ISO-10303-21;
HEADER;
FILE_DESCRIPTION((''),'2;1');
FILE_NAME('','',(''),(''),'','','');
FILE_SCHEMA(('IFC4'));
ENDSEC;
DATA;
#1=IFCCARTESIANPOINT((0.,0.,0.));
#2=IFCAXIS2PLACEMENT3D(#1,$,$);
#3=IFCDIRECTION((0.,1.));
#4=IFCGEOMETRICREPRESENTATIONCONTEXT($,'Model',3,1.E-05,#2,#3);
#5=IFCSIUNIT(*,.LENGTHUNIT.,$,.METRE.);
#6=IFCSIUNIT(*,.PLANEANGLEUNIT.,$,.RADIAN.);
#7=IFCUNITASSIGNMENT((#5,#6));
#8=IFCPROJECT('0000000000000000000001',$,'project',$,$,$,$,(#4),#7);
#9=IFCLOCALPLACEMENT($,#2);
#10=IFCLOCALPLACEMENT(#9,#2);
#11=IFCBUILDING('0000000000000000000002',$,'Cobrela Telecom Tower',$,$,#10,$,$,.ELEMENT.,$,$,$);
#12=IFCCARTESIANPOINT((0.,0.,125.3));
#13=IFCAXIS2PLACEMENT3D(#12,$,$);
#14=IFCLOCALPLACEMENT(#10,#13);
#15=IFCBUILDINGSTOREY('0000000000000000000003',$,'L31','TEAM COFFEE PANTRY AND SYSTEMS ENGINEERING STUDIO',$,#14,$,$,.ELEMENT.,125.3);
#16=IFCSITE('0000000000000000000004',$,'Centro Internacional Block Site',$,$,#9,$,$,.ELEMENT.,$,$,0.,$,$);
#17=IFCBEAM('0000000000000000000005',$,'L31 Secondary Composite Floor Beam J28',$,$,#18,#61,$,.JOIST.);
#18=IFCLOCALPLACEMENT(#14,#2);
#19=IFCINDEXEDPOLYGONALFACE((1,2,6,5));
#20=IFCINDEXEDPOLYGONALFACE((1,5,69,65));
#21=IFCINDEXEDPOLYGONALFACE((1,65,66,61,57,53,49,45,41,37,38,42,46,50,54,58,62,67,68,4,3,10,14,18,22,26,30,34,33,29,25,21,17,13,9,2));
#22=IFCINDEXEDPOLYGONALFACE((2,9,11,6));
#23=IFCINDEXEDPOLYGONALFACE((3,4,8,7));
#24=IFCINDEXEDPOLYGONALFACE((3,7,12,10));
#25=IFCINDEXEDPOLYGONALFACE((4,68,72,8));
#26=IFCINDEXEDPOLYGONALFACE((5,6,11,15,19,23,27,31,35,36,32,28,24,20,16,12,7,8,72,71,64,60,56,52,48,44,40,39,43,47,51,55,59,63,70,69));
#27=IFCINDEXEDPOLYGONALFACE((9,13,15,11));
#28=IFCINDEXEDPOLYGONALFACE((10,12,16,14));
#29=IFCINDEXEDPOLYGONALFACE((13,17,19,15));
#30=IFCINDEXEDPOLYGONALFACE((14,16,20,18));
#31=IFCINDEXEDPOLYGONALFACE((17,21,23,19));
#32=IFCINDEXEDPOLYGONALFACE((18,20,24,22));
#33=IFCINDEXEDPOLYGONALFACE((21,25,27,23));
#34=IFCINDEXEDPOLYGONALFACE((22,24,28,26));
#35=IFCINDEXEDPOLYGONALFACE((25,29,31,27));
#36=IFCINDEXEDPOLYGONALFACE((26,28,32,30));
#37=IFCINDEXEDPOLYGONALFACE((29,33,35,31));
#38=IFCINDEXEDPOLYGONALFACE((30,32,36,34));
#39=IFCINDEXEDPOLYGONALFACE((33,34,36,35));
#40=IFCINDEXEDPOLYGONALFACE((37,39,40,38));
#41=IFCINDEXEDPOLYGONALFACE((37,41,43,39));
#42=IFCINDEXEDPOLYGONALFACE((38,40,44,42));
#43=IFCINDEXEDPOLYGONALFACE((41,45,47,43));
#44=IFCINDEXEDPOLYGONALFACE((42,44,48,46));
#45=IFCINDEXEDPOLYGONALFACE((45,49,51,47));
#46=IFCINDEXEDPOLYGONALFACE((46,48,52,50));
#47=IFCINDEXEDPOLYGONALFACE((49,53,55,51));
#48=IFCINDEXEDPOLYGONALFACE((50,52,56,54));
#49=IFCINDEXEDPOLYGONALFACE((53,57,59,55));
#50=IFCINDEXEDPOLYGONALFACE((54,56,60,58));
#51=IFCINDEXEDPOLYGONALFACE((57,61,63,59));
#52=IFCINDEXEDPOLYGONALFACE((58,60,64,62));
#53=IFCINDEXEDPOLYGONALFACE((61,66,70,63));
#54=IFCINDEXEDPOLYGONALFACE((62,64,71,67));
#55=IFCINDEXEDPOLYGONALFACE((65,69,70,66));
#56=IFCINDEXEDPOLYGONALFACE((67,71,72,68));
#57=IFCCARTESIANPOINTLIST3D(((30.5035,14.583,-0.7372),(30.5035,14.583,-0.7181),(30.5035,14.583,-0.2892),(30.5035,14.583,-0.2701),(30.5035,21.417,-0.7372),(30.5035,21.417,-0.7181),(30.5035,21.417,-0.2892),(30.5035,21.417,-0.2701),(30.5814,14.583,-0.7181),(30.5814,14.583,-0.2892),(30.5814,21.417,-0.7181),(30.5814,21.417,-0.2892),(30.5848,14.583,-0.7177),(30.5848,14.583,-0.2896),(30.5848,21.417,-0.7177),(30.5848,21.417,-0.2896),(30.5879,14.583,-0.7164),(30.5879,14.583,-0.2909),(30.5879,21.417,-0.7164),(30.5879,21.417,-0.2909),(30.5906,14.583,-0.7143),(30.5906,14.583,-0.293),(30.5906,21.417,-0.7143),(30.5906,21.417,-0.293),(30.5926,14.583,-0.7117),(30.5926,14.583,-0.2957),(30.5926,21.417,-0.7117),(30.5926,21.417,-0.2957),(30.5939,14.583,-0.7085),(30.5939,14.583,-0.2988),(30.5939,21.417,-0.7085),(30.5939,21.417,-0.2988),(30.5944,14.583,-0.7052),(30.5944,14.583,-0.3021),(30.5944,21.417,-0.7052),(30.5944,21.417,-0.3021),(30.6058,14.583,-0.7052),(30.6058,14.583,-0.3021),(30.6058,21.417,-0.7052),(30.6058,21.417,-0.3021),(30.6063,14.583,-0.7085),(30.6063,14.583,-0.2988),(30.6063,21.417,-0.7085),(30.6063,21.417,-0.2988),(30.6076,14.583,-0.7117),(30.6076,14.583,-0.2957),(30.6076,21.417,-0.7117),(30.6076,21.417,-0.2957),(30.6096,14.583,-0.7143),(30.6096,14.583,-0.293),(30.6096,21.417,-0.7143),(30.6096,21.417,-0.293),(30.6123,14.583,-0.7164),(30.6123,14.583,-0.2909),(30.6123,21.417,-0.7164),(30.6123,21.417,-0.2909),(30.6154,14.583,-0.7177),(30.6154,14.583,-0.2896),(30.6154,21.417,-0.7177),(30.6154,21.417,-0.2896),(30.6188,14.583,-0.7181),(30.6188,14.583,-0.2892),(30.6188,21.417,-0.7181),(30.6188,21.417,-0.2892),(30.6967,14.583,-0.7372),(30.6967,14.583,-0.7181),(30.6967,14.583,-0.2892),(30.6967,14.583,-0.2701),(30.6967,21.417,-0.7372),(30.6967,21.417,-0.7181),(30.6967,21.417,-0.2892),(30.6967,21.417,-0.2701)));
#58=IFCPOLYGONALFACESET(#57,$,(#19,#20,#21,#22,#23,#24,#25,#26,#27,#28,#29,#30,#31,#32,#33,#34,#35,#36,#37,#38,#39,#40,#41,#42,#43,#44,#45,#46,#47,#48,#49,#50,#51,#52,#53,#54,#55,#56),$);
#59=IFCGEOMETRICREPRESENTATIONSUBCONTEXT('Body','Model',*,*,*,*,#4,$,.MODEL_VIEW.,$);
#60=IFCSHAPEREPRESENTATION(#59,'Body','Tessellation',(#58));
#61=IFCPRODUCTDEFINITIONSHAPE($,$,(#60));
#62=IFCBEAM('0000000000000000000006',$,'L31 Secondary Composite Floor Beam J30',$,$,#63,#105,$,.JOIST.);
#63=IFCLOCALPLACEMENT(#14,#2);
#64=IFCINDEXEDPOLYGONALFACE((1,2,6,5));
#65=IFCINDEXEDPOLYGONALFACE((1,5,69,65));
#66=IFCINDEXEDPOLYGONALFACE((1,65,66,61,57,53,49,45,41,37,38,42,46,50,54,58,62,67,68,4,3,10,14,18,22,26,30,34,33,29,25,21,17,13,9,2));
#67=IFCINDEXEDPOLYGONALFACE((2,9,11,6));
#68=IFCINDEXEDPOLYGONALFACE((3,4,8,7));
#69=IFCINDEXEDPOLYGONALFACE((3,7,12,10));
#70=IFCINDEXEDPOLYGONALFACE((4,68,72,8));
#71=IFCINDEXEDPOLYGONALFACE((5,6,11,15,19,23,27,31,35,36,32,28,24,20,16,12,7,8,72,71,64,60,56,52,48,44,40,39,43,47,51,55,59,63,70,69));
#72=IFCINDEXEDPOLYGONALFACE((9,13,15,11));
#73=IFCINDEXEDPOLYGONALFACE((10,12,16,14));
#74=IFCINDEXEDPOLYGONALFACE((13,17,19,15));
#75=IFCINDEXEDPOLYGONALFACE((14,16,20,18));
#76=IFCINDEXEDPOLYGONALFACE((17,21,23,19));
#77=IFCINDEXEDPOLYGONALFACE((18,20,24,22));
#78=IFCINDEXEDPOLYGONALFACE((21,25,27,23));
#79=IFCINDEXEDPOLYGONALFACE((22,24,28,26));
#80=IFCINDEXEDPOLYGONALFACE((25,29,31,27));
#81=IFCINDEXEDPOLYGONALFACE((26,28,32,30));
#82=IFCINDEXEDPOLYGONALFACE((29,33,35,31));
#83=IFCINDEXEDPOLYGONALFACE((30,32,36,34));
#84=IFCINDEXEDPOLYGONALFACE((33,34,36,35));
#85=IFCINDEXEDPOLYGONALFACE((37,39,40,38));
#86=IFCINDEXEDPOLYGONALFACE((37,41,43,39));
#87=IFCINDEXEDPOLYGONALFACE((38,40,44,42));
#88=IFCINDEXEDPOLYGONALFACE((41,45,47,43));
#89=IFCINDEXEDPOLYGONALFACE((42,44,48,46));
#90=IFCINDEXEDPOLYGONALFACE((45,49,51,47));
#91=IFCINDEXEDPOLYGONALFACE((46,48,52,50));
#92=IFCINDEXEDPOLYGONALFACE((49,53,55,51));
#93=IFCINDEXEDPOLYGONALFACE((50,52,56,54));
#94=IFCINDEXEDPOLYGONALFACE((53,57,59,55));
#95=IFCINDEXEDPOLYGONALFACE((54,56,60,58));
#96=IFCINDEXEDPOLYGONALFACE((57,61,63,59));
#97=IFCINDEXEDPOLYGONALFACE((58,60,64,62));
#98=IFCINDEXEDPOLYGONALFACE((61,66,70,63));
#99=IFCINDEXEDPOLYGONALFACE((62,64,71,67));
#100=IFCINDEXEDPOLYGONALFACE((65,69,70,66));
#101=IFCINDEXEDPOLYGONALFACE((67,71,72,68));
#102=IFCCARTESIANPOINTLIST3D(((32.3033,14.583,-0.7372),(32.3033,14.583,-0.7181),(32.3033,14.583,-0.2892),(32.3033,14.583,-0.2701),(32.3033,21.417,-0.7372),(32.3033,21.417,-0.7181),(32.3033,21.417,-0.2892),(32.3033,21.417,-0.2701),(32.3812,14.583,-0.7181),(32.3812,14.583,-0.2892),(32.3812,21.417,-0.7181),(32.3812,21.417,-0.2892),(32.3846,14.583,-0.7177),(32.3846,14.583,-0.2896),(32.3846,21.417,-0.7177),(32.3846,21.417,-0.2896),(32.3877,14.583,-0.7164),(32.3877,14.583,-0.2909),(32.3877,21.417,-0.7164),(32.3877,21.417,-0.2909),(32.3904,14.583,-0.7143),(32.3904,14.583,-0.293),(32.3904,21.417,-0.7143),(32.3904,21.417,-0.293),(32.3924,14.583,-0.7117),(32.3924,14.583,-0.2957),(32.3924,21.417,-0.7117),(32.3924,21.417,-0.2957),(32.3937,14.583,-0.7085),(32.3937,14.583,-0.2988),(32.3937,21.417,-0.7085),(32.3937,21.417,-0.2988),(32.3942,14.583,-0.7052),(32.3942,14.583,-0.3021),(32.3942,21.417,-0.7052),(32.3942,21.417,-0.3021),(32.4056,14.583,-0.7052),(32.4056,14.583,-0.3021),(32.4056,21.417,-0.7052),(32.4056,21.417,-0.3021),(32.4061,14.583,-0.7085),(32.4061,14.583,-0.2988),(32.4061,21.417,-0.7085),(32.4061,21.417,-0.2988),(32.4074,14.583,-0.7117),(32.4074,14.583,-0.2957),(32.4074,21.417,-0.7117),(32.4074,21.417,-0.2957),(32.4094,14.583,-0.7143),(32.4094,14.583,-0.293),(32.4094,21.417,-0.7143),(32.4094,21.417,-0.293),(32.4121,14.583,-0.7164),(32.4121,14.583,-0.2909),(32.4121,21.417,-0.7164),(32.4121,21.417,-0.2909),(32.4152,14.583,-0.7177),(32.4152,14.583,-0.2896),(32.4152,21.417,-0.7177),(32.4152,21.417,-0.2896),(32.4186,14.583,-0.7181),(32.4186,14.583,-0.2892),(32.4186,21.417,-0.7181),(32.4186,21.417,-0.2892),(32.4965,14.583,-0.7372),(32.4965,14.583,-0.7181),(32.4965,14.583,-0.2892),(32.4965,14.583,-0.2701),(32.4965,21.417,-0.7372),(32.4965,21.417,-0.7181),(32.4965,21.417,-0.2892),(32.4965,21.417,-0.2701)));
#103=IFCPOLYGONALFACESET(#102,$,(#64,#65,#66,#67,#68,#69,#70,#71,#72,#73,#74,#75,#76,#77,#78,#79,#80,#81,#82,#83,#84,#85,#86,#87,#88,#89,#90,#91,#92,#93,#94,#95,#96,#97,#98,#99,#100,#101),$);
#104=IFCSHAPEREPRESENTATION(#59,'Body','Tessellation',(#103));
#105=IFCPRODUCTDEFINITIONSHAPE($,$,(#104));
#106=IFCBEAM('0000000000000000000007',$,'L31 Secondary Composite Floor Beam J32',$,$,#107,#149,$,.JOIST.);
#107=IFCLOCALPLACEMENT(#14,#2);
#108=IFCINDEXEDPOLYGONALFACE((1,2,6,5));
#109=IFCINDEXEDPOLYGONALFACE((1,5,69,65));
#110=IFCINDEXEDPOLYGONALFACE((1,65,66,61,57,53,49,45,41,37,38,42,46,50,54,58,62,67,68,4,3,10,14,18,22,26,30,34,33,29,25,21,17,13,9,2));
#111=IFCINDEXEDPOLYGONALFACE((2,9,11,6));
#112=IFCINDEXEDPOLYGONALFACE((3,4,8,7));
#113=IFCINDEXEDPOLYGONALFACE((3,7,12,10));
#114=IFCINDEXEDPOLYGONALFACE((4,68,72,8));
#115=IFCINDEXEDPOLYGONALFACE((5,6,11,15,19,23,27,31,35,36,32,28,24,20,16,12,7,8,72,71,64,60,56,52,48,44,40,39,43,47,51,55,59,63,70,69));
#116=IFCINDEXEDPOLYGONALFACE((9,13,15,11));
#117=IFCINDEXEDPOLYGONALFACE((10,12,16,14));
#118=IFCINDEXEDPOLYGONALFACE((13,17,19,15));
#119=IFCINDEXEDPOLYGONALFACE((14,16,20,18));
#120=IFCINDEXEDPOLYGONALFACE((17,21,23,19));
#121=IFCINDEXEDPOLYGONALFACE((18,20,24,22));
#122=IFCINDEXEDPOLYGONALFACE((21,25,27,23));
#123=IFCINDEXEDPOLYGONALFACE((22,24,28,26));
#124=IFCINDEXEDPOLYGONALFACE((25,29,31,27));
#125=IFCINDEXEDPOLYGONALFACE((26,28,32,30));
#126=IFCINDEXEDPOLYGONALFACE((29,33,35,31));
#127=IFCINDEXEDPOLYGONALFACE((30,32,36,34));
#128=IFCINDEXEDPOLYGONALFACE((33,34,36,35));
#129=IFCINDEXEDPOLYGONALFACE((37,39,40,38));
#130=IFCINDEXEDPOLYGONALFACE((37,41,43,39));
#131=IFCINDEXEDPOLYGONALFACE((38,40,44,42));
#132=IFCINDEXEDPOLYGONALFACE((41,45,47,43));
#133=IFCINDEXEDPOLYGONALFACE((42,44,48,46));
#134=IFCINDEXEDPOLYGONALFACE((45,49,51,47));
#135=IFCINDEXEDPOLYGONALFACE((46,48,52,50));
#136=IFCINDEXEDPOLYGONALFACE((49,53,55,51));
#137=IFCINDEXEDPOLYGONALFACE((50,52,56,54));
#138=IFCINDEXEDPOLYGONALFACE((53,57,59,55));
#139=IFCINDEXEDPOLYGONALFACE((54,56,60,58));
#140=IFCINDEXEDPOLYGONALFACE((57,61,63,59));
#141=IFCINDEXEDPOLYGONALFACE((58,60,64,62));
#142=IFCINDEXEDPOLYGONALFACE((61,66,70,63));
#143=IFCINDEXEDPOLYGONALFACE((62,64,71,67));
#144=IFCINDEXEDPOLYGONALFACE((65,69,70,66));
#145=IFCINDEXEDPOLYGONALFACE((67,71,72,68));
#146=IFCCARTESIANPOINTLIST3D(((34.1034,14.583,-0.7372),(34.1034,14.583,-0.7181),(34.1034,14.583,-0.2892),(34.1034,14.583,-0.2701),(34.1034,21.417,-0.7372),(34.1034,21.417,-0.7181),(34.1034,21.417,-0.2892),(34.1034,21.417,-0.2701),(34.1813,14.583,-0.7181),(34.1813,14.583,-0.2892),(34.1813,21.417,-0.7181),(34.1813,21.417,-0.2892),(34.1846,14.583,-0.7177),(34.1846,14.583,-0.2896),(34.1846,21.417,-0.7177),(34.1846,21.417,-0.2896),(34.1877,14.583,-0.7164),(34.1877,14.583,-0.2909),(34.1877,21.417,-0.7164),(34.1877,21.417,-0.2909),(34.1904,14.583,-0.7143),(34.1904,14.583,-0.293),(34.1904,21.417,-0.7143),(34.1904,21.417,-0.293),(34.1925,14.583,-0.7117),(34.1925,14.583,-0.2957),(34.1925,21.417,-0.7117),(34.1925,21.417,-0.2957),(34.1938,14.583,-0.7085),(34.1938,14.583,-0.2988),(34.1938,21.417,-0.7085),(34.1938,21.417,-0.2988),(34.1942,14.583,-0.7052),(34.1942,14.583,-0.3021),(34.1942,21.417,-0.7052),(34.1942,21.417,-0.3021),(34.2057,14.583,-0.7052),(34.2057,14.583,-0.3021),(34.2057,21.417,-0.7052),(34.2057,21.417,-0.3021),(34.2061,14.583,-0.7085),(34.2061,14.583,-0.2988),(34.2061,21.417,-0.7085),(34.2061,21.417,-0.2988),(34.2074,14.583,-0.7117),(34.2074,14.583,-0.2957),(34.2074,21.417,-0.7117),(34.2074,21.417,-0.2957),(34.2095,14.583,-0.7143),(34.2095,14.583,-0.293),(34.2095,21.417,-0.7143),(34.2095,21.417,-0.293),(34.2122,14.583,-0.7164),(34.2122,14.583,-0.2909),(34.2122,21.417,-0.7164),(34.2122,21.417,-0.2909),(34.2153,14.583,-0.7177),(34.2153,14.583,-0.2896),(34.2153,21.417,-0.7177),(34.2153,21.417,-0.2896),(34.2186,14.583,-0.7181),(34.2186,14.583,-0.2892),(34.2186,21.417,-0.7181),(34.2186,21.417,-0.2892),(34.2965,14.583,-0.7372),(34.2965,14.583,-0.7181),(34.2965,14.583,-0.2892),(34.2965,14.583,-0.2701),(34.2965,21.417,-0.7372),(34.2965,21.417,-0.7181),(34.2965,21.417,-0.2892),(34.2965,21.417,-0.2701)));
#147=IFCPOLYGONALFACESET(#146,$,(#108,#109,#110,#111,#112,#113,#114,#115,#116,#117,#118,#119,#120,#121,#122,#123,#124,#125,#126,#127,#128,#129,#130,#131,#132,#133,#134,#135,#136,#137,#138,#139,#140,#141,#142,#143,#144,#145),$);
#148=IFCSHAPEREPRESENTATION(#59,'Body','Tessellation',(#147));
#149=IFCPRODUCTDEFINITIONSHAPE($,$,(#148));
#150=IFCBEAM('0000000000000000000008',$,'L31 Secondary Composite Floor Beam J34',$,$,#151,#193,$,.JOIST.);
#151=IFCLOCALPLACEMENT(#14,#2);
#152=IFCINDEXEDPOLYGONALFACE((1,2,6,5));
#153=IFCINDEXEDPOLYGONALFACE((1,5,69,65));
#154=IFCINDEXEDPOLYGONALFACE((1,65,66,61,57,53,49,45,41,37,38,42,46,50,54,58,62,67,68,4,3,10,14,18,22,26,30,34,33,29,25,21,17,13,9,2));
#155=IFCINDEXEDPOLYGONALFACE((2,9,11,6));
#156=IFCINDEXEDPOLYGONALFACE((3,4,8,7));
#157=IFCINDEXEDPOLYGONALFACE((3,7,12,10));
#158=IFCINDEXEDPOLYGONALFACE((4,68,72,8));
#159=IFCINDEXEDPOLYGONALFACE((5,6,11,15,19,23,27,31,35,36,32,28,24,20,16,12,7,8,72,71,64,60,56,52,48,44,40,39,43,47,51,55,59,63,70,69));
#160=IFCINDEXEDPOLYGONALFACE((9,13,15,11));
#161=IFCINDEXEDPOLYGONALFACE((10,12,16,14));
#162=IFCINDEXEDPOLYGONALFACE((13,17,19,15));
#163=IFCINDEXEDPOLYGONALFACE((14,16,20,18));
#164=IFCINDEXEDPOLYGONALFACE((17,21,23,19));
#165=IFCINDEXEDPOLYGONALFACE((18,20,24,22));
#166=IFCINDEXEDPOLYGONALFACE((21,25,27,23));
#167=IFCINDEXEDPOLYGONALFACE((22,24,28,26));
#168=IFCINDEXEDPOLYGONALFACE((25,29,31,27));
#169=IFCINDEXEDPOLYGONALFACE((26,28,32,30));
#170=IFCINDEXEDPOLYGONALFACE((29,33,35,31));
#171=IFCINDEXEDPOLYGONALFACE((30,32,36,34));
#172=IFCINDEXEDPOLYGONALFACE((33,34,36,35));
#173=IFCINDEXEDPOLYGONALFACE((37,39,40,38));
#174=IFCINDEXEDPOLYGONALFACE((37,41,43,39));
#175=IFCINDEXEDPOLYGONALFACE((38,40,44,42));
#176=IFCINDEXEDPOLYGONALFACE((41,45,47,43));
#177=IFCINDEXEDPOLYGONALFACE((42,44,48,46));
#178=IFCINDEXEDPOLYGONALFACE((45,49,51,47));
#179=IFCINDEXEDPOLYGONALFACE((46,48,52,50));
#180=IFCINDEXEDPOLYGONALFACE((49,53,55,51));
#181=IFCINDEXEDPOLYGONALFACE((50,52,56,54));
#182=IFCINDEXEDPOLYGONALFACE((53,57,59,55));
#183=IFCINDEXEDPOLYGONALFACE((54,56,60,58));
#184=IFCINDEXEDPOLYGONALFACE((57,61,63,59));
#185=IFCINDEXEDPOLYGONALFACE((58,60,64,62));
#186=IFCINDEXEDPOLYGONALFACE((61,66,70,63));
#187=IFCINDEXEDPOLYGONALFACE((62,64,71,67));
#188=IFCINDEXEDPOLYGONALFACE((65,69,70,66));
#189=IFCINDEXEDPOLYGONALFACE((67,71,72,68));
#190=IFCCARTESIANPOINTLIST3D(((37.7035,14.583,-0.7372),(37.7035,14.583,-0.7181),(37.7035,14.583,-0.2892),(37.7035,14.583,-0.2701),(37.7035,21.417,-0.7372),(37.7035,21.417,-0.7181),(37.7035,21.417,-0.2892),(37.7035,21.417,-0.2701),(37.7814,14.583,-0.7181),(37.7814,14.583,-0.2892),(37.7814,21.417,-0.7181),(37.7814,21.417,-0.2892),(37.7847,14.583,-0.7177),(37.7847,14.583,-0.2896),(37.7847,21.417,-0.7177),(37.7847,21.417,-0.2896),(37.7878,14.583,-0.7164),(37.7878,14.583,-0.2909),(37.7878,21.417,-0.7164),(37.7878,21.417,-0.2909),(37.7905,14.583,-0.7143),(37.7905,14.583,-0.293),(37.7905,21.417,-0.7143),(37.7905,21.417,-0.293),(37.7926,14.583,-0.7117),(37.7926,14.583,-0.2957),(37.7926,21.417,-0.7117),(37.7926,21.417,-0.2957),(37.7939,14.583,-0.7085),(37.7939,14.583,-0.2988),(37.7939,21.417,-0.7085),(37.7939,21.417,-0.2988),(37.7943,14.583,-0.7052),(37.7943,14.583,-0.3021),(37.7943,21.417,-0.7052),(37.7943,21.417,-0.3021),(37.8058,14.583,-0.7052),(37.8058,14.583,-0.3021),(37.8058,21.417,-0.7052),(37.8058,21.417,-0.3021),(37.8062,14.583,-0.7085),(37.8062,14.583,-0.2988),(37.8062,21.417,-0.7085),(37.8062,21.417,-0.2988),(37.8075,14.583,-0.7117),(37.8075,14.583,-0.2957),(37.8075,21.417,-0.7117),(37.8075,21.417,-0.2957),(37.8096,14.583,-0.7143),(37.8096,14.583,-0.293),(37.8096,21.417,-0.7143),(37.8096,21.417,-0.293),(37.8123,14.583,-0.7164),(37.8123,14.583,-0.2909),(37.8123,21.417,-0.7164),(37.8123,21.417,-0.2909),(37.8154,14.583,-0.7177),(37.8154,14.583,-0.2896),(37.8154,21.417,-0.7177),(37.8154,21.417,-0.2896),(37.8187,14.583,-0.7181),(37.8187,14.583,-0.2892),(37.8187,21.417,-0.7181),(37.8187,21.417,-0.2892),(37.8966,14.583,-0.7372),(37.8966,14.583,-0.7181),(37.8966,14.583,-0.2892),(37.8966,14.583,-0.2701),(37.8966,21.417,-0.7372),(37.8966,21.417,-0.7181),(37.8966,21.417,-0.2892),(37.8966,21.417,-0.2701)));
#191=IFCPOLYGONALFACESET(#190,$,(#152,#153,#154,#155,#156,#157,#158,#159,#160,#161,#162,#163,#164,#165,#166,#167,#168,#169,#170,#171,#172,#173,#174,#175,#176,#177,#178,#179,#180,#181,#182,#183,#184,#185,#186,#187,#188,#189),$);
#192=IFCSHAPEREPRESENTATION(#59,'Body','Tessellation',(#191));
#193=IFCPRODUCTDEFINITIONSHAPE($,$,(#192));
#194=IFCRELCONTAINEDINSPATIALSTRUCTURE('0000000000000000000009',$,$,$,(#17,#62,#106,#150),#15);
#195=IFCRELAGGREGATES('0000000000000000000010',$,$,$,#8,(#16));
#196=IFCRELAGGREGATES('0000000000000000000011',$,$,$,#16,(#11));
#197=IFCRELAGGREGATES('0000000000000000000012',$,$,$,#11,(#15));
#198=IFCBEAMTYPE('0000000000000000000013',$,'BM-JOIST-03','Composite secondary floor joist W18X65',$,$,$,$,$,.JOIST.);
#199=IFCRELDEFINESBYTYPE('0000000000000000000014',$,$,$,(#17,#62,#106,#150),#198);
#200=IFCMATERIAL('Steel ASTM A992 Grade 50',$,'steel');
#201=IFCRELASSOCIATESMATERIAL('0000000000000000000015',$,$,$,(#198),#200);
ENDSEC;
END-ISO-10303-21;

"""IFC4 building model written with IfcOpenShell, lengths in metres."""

from ifc_helpers import new_model, si_unit, direction, frame, origin, origin_2d, place, context, subcontext, project, spatial, i_section, extrude, material, material_profile, profile_set, type_object, element, save


model = new_model("IFC4")

# Units and contexts
model_context = context("Model", 3, precision=1e-05, world=origin(), true_north=direction((0.0, 1.0)))
body_context = subcontext(model_context, "Body", "Model", "MODEL_VIEW")
ifc_project = project(units=[si_unit("LENGTHUNIT", "METRE"), si_unit("PLANEANGLEUNIT", "RADIAN")], contexts=[model_context])

# Site, building, storey
site_placement = place(None, origin())
site = spatial("IfcSite", under=ifc_project, at=site_placement, Name="Centro Internacional Block Site", CompositionType="ELEMENT", RefElevation=0.0)
building_placement = place(site_placement, origin())
building = spatial("IfcBuilding", under=site, at=building_placement, Name="Cobrela Telecom Tower", CompositionType="ELEMENT")
storey_placement = place(building_placement, frame((0.0, 0.0, 125.3)))
storey = spatial("IfcBuildingStorey", under=building, at=storey_placement, Name="L31", Description="TEAM COFFEE PANTRY AND SYSTEMS ENGINEERING STUDIO", CompositionType="ELEMENT", Elevation=125.3)

# Shared definitions
ifc_material_1 = material(Name="Steel ASTM A992 Grade 50", Category="steel")

# Beams
ifc_material_profile_1 = material_profile(ifc_material_1, i_section(OverallWidth=0.1931, OverallDepth=0.467, WebThickness=0.0115, FlangeThickness=0.019, FilletRadius=0.0129, at=origin_2d()), Name="W18X65")
ifc_profile_set_1 = profile_set([ifc_material_profile_1], Name="Steel ASTM A992 Grade 50")
beam_type_1 = type_object("IfcBeamType", Name="BM-JOIST-03", Description="Composite secondary floor joist W18X65", PredefinedType="JOIST", material=ifc_profile_set_1)
for number, where, z_axis, x_axis, name in (
    (1, (30.6001, 14.583, -0.5037), (0.0, 1.0, 0.0), (-1.0, 0.0, 0.0), "L31 Secondary Composite Floor Beam J28"),
    (2, (32.3999, 14.583, -0.5037), (0.0, 1.0, 0.0), (-1.0, 0.0, 0.0), "L31 Secondary Composite Floor Beam J30"),
    (3, (34.2, 14.583, -0.5037), (0.0, 1.0, 0.0), (-1.0, 0.0, 0.0), "L31 Secondary Composite Floor Beam J32"),
    (4, (37.8, 14.583, -0.5037), (0.0, 1.0, 0.0), (-1.0, 0.0, 0.0), "L31 Secondary Composite Floor Beam J34"),
):
    element("IfcBeam", number, at=place(storey_placement, frame(where, z_axis=z_axis, x_axis=x_axis)), inside=storey, type_object=beam_type_1, Name=name, PredefinedType="JOIST", context=body_context, shape_type="SweptSolid", body=[
        extrude(i_section(OverallWidth=0.1931, OverallDepth=0.467, WebThickness=0.0115, FlangeThickness=0.019, FilletRadius=0.0129, at=origin_2d()), origin(), (0.0, 0.0, 1.0), 6.834),
    ])

save(model, "model.ifc")
